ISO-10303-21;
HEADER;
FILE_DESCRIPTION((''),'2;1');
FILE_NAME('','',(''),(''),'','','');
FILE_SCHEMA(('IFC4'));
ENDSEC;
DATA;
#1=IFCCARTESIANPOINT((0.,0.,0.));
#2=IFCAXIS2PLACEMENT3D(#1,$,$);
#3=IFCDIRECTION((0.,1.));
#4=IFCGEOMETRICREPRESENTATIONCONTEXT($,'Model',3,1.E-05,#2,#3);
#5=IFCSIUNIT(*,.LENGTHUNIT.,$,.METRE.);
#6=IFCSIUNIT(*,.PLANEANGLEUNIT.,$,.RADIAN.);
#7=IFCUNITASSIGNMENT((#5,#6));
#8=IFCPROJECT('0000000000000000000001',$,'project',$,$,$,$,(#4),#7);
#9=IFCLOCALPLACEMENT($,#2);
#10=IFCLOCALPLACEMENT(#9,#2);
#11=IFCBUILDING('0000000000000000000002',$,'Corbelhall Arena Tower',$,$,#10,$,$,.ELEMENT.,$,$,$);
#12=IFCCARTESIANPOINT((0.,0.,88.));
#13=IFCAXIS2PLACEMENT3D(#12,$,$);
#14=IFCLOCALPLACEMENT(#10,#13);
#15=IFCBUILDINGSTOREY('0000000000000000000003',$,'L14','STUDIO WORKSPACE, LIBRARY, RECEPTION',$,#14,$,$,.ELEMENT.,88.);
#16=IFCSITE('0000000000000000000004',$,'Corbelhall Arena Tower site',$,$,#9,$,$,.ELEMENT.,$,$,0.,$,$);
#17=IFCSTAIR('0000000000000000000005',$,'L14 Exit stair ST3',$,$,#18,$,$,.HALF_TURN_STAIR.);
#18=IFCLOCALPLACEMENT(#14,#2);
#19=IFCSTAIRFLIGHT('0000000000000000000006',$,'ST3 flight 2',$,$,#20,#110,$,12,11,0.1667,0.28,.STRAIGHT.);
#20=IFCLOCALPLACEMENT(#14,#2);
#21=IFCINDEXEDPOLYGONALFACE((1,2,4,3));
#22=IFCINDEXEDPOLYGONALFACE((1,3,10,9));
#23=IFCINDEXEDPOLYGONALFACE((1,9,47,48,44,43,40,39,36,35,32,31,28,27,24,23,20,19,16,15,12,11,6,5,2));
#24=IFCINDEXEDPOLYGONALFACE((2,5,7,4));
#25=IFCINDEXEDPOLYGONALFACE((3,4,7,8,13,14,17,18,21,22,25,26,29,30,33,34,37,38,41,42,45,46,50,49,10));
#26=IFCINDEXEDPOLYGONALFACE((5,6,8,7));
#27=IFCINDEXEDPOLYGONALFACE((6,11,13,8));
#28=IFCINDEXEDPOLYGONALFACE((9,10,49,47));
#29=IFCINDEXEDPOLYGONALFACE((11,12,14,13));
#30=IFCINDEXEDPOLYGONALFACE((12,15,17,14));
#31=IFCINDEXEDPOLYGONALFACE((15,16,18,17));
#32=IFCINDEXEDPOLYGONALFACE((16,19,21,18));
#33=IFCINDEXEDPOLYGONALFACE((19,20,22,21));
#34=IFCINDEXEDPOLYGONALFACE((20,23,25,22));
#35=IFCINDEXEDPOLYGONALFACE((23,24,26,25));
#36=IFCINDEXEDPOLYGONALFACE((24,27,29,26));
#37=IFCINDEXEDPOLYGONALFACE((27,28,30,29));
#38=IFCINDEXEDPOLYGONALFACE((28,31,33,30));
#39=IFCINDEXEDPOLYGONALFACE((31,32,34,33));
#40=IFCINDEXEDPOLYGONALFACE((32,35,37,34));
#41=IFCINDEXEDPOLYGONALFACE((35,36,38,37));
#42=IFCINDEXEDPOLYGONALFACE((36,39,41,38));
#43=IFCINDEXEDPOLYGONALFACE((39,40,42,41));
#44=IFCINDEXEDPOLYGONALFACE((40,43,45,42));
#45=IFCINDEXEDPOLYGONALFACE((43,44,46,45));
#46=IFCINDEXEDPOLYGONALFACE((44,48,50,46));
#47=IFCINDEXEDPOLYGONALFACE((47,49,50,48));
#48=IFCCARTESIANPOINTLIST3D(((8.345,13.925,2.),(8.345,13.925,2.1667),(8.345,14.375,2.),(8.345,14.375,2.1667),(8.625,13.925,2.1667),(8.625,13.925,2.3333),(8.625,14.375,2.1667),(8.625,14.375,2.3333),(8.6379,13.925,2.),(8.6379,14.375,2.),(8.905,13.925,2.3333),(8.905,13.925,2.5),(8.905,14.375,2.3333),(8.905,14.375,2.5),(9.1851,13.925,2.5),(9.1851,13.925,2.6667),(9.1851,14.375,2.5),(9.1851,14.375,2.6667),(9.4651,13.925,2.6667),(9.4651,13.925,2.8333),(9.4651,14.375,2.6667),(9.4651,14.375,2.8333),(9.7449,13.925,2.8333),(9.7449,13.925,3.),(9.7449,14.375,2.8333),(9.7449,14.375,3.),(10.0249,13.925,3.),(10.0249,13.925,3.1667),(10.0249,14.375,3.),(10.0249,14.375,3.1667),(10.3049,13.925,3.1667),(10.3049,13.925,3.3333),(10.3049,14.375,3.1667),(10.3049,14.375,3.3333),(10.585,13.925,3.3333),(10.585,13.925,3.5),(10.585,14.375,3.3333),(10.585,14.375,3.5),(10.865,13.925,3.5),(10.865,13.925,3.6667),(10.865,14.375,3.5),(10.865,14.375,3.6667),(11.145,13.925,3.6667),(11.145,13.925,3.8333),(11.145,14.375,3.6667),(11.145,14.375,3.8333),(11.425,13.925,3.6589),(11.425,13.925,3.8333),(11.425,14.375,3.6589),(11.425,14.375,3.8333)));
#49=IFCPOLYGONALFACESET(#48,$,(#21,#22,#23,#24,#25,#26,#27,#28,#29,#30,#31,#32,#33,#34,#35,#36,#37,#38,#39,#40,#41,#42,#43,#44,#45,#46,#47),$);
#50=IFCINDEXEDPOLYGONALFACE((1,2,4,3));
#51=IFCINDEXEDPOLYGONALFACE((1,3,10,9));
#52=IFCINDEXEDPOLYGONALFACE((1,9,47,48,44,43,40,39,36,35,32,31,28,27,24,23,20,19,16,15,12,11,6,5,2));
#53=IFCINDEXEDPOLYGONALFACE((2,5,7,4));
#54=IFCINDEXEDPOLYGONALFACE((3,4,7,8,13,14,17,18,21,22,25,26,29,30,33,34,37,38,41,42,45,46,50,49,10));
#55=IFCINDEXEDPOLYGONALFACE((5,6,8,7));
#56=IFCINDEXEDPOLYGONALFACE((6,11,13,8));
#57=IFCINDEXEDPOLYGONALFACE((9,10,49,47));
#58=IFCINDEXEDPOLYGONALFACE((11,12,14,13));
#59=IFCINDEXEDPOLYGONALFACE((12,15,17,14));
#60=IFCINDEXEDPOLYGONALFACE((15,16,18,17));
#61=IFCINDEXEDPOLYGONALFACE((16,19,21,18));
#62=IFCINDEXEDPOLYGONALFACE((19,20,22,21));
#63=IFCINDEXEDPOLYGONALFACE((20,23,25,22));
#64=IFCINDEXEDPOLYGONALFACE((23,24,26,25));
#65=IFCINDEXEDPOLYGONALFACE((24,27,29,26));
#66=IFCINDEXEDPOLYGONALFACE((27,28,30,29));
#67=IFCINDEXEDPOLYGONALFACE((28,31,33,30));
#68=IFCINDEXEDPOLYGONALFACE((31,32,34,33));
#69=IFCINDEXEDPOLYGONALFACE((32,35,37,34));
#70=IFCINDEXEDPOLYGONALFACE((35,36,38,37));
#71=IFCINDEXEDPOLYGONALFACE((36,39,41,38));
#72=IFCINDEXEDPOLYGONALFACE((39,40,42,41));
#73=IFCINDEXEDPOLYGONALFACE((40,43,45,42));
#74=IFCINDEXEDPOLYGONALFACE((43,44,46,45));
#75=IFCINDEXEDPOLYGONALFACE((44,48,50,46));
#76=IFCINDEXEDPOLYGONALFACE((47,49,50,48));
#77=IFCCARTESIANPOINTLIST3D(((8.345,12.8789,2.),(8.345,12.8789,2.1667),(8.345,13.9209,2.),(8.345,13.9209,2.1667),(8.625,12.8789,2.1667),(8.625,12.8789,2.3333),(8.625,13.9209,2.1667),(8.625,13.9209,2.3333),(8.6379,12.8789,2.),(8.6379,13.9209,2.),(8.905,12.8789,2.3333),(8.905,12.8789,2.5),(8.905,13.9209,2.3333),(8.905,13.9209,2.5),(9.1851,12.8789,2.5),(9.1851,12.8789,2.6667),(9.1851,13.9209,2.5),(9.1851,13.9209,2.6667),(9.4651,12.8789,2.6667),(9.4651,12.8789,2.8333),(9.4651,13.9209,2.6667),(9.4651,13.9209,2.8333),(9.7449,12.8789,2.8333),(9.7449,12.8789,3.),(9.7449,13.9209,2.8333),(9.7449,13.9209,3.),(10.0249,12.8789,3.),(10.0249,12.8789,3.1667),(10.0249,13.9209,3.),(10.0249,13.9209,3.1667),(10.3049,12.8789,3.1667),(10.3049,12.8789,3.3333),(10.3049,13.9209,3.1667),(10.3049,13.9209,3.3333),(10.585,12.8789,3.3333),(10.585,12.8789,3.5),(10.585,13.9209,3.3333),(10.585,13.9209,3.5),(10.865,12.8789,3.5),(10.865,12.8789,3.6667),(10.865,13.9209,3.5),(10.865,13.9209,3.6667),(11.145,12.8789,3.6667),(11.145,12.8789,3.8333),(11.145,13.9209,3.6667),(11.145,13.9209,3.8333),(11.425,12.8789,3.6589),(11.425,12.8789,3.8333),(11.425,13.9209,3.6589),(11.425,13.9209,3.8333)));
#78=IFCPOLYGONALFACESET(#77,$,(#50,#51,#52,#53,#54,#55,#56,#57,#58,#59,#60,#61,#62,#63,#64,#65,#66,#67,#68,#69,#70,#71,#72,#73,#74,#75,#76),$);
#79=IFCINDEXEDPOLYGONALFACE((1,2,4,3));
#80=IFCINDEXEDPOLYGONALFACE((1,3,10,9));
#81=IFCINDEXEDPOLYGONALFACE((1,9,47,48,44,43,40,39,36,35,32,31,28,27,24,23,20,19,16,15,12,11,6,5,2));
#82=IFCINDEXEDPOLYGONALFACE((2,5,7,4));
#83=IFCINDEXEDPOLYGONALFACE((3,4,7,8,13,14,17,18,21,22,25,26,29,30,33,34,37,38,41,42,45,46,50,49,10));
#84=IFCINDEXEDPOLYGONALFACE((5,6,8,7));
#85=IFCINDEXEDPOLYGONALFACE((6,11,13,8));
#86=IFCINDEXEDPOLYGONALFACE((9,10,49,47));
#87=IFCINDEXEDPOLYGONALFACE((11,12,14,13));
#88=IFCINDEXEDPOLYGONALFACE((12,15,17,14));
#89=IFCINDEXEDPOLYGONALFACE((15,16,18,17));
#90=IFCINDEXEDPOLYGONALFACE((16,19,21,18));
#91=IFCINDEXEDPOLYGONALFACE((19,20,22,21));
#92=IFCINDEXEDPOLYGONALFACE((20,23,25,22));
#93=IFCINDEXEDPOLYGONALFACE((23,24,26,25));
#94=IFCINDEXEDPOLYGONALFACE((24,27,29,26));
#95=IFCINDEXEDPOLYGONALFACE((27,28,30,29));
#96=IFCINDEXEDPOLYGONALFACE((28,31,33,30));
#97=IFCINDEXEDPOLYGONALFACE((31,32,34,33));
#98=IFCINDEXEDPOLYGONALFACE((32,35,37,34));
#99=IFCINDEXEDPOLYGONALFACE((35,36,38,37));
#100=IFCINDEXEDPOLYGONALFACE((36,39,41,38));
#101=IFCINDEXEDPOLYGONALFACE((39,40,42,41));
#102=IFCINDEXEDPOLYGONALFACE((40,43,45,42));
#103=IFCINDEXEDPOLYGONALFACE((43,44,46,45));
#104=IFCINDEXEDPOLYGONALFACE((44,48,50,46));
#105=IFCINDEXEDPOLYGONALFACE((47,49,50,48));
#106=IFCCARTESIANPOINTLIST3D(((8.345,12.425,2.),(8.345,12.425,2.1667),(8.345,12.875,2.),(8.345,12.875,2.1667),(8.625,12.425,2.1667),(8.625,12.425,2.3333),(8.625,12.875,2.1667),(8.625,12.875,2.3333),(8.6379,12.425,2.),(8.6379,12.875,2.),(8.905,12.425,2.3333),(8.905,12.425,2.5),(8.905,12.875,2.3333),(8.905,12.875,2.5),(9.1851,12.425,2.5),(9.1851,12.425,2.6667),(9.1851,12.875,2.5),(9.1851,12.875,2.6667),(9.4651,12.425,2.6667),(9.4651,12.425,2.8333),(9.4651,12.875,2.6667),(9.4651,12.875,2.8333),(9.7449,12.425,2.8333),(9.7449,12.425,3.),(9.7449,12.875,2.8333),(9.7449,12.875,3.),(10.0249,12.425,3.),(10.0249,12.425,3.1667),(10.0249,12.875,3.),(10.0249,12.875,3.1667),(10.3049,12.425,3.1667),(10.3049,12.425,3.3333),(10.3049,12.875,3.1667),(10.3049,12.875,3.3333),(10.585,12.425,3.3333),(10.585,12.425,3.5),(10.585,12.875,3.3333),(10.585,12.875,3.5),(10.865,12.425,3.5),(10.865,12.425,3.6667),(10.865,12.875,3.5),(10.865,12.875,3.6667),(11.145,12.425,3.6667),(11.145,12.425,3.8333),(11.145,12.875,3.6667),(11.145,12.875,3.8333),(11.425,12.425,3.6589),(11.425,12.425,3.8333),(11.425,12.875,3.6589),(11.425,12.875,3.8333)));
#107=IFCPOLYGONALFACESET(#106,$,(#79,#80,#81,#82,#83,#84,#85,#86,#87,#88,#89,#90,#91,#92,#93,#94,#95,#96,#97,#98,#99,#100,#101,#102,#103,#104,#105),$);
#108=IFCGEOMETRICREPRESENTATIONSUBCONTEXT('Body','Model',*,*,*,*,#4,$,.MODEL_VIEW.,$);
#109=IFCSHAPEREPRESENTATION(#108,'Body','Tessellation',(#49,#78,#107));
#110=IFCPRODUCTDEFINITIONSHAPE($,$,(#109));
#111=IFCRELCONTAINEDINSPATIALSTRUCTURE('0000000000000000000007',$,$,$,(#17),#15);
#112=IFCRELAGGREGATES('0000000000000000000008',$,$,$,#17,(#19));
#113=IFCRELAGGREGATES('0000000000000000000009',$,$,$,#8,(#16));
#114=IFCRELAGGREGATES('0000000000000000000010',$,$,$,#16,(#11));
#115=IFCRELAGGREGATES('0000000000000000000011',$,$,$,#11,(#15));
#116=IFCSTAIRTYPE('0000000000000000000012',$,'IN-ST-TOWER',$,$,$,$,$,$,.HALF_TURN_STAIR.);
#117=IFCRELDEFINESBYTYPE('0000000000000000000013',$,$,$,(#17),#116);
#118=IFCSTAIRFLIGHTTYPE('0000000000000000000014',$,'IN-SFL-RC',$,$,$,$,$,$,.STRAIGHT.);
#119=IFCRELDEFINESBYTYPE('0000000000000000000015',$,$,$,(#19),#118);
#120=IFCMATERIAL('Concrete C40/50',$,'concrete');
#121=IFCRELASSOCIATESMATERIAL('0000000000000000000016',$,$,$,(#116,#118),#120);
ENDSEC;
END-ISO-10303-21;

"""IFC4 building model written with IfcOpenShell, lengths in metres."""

from ifc_helpers import new_model, si_unit, direction, frame, origin, place, context, subcontext, project, spatial, polyline, outline, extrude, material, type_object, element, aggregate, save


model = new_model("IFC4")

# Units and contexts
model_context = context("Model", 3, precision=1e-05, world=origin(), true_north=direction((0.0, 1.0)))
body_context = subcontext(model_context, "Body", "Model", "MODEL_VIEW")
ifc_project = project(units=[si_unit("LENGTHUNIT", "METRE"), si_unit("PLANEANGLEUNIT", "RADIAN")], contexts=[model_context])

# Site, building, storey
site_placement = place(None, origin())
site = spatial("IfcSite", under=ifc_project, at=site_placement, Name="Corbelhall Arena Tower site", CompositionType="ELEMENT", RefElevation=0.0)
building_placement = place(site_placement, origin())
building = spatial("IfcBuilding", under=site, at=building_placement, Name="Corbelhall Arena Tower", CompositionType="ELEMENT")
storey_placement = place(building_placement, frame((0.0, 0.0, 88.0)))
storey = spatial("IfcBuildingStorey", under=building, at=storey_placement, Name="L14", Description="STUDIO WORKSPACE, LIBRARY, RECEPTION", CompositionType="ELEMENT", Elevation=88.0)

# Shared definitions
ifc_material_1 = material(Name="Concrete C40/50", Category="concrete")

# Stair, stair flight
stair_type = type_object("IfcStairType", Name="IN-ST-TOWER", PredefinedType="HALF_TURN_STAIR", material=ifc_material_1)
stair_placement = place(storey_placement, origin())
stair = element("IfcStair", 1, at=stair_placement, inside=storey, type_object=stair_type, Name="L14 Exit stair ST3", PredefinedType="HALF_TURN_STAIR")
stair_flight_type = type_object("IfcStairFlightType", Name="IN-SFL-RC", PredefinedType="STRAIGHT", material=ifc_material_1)
stair_flight_1_placement = place(storey_placement, frame((8.345, 13.3999, 2.0), z_axis=(0.0, 0.0, 1.0), x_axis=(1.0, 0.0, 0.0)))
stair_flight_1 = element("IfcStairFlight", 2, at=stair_flight_1_placement, type_object=stair_flight_type, Name="ST3 flight 2", NumberOfRisers=12, NumberOfTreads=11, PredefinedType="STRAIGHT", RiserHeight=0.1667, TreadLength=0.28, context=body_context, shape_type="SweptSolid", body=[
    extrude(outline(polyline([(0.0, 0.0), (0.0, 0.1667), (0.28, 0.1667), (0.28, 0.3333), (0.5601, 0.3333), (0.5601, 0.5), (0.8401, 0.5), (0.8401, 0.6667), (1.1201, 0.6667), (1.1201, 0.8333), (1.3999, 0.8333), (1.3999, 1.0), (1.6799, 1.0), (1.6799, 1.1667), (1.96, 1.1667), (1.96, 1.3333), (2.24, 1.3333), (2.24, 1.5), (2.52, 1.5), (2.52, 1.6667), (2.8, 1.6667), (2.8, 1.8333), (3.0801, 1.8333), (3.0801, 2.0), (3.0801, 1.6589), (0.293, 0.0), (0.0, 0.0)])), frame((0.0, 0.9751, 0.0), z_axis=(0.0, -1.0, 0.0), x_axis=(1.0, 0.0, 0.0)), (0.0, 0.0, 1.0), 0.45),
    extrude(outline(polyline([(0.0, 0.0), (0.0, 0.1667), (0.28, 0.1667), (0.28, 0.3333), (0.5601, 0.3333), (0.5601, 0.5), (0.8401, 0.5), (0.8401, 0.6667), (1.1201, 0.6667), (1.1201, 0.8333), (1.3999, 0.8333), (1.3999, 1.0), (1.6799, 1.0), (1.6799, 1.1667), (1.96, 1.1667), (1.96, 1.3333), (2.24, 1.3333), (2.24, 1.5), (2.52, 1.5), (2.52, 1.6667), (2.8, 1.6667), (2.8, 1.8333), (3.0801, 1.8333), (3.0801, 2.0), (3.0801, 1.6589), (0.293, 0.0), (0.0, 0.0)])), frame((0.0, 0.521, 0.0), z_axis=(0.0, -1.0, 0.0), x_axis=(1.0, 0.0, 0.0)), (0.0, 0.0, 1.0), 1.042),
    extrude(outline(polyline([(0.0, 0.0), (0.0, 0.1667), (0.28, 0.1667), (0.28, 0.3333), (0.5601, 0.3333), (0.5601, 0.5), (0.8401, 0.5), (0.8401, 0.6667), (1.1201, 0.6667), (1.1201, 0.8333), (1.3999, 0.8333), (1.3999, 1.0), (1.6799, 1.0), (1.6799, 1.1667), (1.96, 1.1667), (1.96, 1.3333), (2.24, 1.3333), (2.24, 1.5), (2.52, 1.5), (2.52, 1.6667), (2.8, 1.6667), (2.8, 1.8333), (3.0801, 1.8333), (3.0801, 2.0), (3.0801, 1.6589), (0.293, 0.0), (0.0, 0.0)])), frame((0.0, -0.5249, 0.0), z_axis=(0.0, -1.0, 0.0), x_axis=(1.0, 0.0, 0.0)), (0.0, 0.0, 1.0), 0.45),
])
aggregate(stair, [stair_flight_1])

save(model, "model.ifc")
